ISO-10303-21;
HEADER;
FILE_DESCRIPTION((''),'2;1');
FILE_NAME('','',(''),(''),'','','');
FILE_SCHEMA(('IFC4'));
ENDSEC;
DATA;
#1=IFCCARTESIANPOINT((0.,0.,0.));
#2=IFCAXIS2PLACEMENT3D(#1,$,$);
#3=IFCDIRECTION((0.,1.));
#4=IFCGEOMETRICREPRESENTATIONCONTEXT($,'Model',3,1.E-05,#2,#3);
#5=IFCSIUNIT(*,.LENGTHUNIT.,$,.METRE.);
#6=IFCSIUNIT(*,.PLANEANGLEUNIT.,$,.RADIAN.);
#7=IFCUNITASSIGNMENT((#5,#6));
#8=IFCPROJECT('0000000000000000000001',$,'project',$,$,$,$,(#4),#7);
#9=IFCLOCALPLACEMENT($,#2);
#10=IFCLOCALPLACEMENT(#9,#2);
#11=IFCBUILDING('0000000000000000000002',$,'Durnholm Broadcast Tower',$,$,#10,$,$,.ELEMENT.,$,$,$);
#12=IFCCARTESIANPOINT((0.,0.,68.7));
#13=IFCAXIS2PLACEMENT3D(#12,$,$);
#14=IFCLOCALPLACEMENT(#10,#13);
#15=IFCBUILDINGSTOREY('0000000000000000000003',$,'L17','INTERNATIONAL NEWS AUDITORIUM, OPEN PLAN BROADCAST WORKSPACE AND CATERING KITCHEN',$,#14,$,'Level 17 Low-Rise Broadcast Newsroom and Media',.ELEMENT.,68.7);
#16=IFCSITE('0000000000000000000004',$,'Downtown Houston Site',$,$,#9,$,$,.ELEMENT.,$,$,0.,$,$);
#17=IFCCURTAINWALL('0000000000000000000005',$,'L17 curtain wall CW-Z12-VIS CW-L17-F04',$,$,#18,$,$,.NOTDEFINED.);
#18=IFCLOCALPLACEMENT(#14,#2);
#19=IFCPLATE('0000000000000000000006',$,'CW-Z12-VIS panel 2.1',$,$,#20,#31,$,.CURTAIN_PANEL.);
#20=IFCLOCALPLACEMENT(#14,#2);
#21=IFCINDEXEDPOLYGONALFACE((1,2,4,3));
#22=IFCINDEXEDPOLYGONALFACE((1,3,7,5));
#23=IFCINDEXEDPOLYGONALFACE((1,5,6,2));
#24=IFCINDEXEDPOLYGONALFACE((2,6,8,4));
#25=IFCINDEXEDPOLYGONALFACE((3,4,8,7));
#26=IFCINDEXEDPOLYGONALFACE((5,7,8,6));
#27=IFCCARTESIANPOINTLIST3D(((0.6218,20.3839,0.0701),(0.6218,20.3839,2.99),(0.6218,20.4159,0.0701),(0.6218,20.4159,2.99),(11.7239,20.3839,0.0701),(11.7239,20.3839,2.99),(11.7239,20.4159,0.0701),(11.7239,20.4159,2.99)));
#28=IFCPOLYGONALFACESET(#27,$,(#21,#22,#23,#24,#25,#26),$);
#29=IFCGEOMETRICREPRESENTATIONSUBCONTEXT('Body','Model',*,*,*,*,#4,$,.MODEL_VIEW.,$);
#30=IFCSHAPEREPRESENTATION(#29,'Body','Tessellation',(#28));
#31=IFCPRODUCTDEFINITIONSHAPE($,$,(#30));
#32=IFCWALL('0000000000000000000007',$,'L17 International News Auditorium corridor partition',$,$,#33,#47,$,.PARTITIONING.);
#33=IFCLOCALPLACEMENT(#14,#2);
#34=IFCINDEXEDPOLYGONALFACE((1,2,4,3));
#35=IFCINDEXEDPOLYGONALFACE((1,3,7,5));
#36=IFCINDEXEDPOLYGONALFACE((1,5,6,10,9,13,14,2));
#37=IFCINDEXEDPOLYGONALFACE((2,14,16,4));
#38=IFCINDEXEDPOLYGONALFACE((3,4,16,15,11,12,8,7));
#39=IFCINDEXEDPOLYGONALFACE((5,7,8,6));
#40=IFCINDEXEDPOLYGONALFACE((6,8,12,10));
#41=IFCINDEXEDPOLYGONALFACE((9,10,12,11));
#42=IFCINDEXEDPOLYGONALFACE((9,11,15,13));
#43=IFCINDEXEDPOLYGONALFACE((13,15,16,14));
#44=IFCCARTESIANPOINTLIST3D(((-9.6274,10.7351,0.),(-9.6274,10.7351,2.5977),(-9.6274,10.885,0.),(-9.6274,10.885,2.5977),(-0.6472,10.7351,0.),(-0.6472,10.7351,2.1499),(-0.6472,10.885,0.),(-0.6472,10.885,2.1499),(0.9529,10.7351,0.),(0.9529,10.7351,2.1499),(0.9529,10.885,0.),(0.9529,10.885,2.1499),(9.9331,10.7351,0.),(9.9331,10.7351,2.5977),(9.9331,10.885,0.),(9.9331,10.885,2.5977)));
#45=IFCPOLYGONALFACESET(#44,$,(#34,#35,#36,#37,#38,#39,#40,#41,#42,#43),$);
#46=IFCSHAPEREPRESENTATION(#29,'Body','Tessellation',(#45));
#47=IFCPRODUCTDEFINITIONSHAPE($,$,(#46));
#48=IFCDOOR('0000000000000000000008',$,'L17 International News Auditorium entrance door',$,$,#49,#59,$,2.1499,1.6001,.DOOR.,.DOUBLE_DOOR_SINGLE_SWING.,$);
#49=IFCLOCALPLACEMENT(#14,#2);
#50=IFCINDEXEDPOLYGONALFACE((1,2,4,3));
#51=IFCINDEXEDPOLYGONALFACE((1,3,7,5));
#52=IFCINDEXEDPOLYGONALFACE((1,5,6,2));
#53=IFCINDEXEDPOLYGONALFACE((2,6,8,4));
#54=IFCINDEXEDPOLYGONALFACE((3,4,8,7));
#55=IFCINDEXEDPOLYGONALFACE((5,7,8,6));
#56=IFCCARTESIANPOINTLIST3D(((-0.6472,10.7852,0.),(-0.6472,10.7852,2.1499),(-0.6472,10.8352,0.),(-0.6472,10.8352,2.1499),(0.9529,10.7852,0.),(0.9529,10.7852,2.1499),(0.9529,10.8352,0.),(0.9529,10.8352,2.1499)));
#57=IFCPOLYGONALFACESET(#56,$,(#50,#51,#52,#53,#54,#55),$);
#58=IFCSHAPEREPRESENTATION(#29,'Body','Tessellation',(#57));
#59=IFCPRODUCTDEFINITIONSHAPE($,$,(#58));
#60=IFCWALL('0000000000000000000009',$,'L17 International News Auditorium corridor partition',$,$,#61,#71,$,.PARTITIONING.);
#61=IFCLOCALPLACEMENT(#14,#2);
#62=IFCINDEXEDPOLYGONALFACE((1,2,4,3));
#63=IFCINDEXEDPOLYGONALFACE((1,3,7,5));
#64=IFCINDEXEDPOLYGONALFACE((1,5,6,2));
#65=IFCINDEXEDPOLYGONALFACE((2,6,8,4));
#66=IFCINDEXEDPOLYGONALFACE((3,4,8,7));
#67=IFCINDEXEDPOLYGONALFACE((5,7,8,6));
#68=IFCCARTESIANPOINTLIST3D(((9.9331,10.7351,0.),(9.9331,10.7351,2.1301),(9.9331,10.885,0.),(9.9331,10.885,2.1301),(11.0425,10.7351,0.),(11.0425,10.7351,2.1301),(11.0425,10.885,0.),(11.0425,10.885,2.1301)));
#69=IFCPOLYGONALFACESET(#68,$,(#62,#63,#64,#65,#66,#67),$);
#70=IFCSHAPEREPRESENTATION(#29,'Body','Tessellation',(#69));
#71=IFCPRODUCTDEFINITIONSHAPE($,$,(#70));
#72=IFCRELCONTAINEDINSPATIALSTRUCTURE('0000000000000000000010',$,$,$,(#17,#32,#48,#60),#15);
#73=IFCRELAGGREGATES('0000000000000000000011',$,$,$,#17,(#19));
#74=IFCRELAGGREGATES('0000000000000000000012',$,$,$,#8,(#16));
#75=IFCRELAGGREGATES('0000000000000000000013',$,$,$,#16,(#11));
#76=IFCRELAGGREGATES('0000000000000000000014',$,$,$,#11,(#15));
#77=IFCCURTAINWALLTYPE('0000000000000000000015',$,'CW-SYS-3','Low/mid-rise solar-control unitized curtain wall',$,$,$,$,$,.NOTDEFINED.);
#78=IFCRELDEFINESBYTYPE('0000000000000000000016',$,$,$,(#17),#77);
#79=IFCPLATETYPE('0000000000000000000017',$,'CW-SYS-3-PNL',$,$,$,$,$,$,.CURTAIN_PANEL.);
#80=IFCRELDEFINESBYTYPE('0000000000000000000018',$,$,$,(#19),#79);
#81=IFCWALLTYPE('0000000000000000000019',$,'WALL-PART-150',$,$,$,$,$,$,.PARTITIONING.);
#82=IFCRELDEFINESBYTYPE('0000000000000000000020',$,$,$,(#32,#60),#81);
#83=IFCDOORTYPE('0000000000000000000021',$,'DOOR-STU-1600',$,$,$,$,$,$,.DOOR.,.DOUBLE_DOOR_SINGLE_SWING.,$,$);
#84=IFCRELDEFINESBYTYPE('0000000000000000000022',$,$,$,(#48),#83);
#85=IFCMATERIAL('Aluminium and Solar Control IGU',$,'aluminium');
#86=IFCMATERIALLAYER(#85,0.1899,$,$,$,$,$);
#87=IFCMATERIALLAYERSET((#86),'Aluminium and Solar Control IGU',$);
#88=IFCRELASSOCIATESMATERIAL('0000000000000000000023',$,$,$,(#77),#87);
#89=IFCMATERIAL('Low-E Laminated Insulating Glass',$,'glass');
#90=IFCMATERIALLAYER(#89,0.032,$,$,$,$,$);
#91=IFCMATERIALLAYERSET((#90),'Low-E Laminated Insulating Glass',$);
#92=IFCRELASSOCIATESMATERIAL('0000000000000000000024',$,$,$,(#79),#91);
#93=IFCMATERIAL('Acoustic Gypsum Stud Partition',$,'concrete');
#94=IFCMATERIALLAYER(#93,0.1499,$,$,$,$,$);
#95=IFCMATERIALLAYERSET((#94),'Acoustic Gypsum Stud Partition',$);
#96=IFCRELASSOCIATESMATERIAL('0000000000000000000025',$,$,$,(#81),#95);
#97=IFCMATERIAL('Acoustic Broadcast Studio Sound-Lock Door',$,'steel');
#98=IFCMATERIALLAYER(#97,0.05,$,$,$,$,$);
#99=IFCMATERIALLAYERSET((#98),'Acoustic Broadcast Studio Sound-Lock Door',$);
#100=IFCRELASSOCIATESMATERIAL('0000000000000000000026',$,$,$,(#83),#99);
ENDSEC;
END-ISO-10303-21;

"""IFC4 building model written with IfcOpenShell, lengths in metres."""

from ifc_helpers import new_model, si_unit, direction, frame, frame_2d, origin, origin_2d, place, context, subcontext, project, spatial, rectangle, extrude, source, transform, mapped, material, layer, layer_set, type_object, type_shapes, element, fill, aggregate, save


model = new_model("IFC4")

# Units and contexts
model_context = context("Model", 3, precision=1e-05, world=origin(), true_north=direction((0.0, 1.0)))
body_context = subcontext(model_context, "Body", "Model", "MODEL_VIEW")
ifc_project = project(units=[si_unit("LENGTHUNIT", "METRE"), si_unit("PLANEANGLEUNIT", "RADIAN")], contexts=[model_context])

# Site, building, storey
site_placement = place(None, origin())
site = spatial("IfcSite", under=ifc_project, at=site_placement, Name="Downtown Houston Site", CompositionType="ELEMENT", RefElevation=0.0)
building_placement = place(site_placement, origin())
building = spatial("IfcBuilding", under=site, at=building_placement, Name="Durnholm Broadcast Tower", CompositionType="ELEMENT")
storey_placement = place(building_placement, frame((0.0, 0.0, 68.7)))
storey = spatial("IfcBuildingStorey", under=building, at=storey_placement, Name="L17", Description="INTERNATIONAL NEWS AUDITORIUM, OPEN PLAN BROADCAST WORKSPACE AND CATERING KITCHEN", LongName="Level 17 Low-Rise Broadcast Newsroom and Media", CompositionType="ELEMENT", Elevation=68.7)

# Shared definitions
ifc_material_1 = material(Name="Aluminium and Solar Control IGU", Category="aluminium")

# Curtain wall, plate
ifc_layer_1 = layer(ifc_material_1, 0.1899)
ifc_layer_set_1 = layer_set([ifc_layer_1], Name="Aluminium and Solar Control IGU")
curtain_wall_type_1 = type_object("IfcCurtainWallType", Name="CW-SYS-3", Description="Low/mid-rise solar-control unitized curtain wall", PredefinedType="NOTDEFINED", material=ifc_layer_set_1)
curtain_wall_1_placement = place(storey_placement, origin())
curtain_wall_1 = element("IfcCurtainWall", 1, at=curtain_wall_1_placement, inside=storey, type_object=curtain_wall_type_1, Name="L17 curtain wall CW-Z12-VIS CW-L17-F04", PredefinedType="NOTDEFINED")
ifc_material_2 = material(Name="Low-E Laminated Insulating Glass", Category="glass")
ifc_layer_2 = layer(ifc_material_2, 0.032)
ifc_layer_set_2 = layer_set([ifc_layer_2], Name="Low-E Laminated Insulating Glass")
plate_type = type_object("IfcPlateType", Name="CW-SYS-3-PNL", PredefinedType="CURTAIN_PANEL", material=ifc_layer_set_2)
shared_shape_1 = source(origin(), body_context, "Body", "SweptSolid", [
    extrude(rectangle(XDim=11.1021, YDim=0.032, at=origin_2d()), origin(), (0.0, 0.0, 1.0), 2.9199),
])
type_shapes(plate_type, [shared_shape_1])
plate_placement = place(storey_placement, frame((6.1729, 20.3999, 0.0701), z_axis=(0.0, 0.0, 1.0), x_axis=(1.0, 0.0, 0.0)))
plate = element("IfcPlate", 2, at=plate_placement, type_object=plate_type, Name="CW-Z12-VIS panel 2.1", PredefinedType="CURTAIN_PANEL", context=body_context, shape_type="MappedRepresentation", body=[
    mapped(shared_shape_1, transform((0.0, 0.0, 0.0), x_axis=(1.0, 0.0, 0.0), y_axis=(0.0, 1.0, 0.0), z_axis=(0.0, 0.0, 1.0), scale=1.0)),
])
aggregate(curtain_wall_1, [plate])

# Wall, opening, door
ifc_material_3 = material(Name="Acoustic Gypsum Stud Partition", Category="concrete")
ifc_layer_3 = layer(ifc_material_3, 0.1499)
ifc_layer_set_3 = layer_set([ifc_layer_3], Name="Acoustic Gypsum Stud Partition")
wall_type = type_object("IfcWallType", Name="WALL-PART-150", PredefinedType="PARTITIONING", material=ifc_layer_set_3)
wall_1_placement = place(storey_placement, frame((9.9331, 10.8101, 0.0), z_axis=(0.0, 0.0, 1.0), x_axis=(-1.0, 0.0, 0.0)))
wall_1 = element("IfcWall", 3, at=wall_1_placement, inside=storey, type_object=wall_type, Name="L17 International News Auditorium corridor partition", PredefinedType="PARTITIONING", context=body_context, shape_type="SweptSolid", body=[
    extrude(rectangle(XDim=19.5605, YDim=0.1499, at=frame_2d((9.7803, 0.0))), origin(), (0.0, 0.0, 1.0), 2.5977),
])
opening_placement = place(wall_1_placement, frame((8.9802, 0.0, 0.0)))
opening = element("IfcOpeningElement", 4, at=opening_placement, cuts=wall_1, PredefinedType="OPENING", context=body_context, shape_type="SweptSolid", body=[
    extrude(rectangle(XDim=1.6001, YDim=2.1499, at=frame_2d((0.8, 1.075))), frame((0.0, 0.085, 0.0), z_axis=(0.0, -1.0, 0.0), x_axis=(1.0, 0.0, 0.0)), (0.0, 0.0, 1.0), 0.1699),
])
ifc_material_4 = material(Name="Acoustic Broadcast Studio Sound-Lock Door", Category="steel")
ifc_layer_4 = layer(ifc_material_4, 0.05)
ifc_layer_set_4 = layer_set([ifc_layer_4], Name="Acoustic Broadcast Studio Sound-Lock Door")
door_type = type_object("IfcDoorType", Name="DOOR-STU-1600", OperationType="DOUBLE_DOOR_SINGLE_SWING", PredefinedType="DOOR", material=ifc_layer_set_4)
shared_shape_2 = source(origin(), body_context, "Body", "SweptSolid", [
    extrude(rectangle(XDim=1.6001, YDim=2.1499, at=frame_2d((0.8, 1.075))), frame((0.0, 0.0249, 0.0), z_axis=(0.0, -1.0, 0.0), x_axis=(1.0, 0.0, 0.0)), (0.0, 0.0, 1.0), 0.05),
])
type_shapes(door_type, [shared_shape_2])
door_placement = place(opening_placement, origin())
door = element("IfcDoor", 5, at=door_placement, inside=storey, type_object=door_type, Name="L17 International News Auditorium entrance door", OperationType="DOUBLE_DOOR_SINGLE_SWING", OverallHeight=2.1499, OverallWidth=1.6001, PredefinedType="DOOR", context=body_context, shape_type="MappedRepresentation", body=[
    mapped(shared_shape_2, transform((0.0, 0.0, 0.0), x_axis=(1.0, 0.0, 0.0), y_axis=(0.0, 1.0, 0.0), z_axis=(0.0, 0.0, 1.0), scale=1.0)),
])
fill(opening, door)

# Wall
wall_2_placement = place(storey_placement, frame((11.0425, 10.8101, 0.0), z_axis=(0.0, 0.0, 1.0), x_axis=(-1.0, 0.0, 0.0)))
element("IfcWall", 6, at=wall_2_placement, inside=storey, type_object=wall_type, Name="L17 International News Auditorium corridor partition", PredefinedType="PARTITIONING", context=body_context, shape_type="SweptSolid", body=[
    extrude(rectangle(XDim=1.1094, YDim=0.1499, at=frame_2d((0.5547, 0.0))), origin(), (0.0, 0.0, 1.0), 2.1301),
])

save(model, "model.ifc")
